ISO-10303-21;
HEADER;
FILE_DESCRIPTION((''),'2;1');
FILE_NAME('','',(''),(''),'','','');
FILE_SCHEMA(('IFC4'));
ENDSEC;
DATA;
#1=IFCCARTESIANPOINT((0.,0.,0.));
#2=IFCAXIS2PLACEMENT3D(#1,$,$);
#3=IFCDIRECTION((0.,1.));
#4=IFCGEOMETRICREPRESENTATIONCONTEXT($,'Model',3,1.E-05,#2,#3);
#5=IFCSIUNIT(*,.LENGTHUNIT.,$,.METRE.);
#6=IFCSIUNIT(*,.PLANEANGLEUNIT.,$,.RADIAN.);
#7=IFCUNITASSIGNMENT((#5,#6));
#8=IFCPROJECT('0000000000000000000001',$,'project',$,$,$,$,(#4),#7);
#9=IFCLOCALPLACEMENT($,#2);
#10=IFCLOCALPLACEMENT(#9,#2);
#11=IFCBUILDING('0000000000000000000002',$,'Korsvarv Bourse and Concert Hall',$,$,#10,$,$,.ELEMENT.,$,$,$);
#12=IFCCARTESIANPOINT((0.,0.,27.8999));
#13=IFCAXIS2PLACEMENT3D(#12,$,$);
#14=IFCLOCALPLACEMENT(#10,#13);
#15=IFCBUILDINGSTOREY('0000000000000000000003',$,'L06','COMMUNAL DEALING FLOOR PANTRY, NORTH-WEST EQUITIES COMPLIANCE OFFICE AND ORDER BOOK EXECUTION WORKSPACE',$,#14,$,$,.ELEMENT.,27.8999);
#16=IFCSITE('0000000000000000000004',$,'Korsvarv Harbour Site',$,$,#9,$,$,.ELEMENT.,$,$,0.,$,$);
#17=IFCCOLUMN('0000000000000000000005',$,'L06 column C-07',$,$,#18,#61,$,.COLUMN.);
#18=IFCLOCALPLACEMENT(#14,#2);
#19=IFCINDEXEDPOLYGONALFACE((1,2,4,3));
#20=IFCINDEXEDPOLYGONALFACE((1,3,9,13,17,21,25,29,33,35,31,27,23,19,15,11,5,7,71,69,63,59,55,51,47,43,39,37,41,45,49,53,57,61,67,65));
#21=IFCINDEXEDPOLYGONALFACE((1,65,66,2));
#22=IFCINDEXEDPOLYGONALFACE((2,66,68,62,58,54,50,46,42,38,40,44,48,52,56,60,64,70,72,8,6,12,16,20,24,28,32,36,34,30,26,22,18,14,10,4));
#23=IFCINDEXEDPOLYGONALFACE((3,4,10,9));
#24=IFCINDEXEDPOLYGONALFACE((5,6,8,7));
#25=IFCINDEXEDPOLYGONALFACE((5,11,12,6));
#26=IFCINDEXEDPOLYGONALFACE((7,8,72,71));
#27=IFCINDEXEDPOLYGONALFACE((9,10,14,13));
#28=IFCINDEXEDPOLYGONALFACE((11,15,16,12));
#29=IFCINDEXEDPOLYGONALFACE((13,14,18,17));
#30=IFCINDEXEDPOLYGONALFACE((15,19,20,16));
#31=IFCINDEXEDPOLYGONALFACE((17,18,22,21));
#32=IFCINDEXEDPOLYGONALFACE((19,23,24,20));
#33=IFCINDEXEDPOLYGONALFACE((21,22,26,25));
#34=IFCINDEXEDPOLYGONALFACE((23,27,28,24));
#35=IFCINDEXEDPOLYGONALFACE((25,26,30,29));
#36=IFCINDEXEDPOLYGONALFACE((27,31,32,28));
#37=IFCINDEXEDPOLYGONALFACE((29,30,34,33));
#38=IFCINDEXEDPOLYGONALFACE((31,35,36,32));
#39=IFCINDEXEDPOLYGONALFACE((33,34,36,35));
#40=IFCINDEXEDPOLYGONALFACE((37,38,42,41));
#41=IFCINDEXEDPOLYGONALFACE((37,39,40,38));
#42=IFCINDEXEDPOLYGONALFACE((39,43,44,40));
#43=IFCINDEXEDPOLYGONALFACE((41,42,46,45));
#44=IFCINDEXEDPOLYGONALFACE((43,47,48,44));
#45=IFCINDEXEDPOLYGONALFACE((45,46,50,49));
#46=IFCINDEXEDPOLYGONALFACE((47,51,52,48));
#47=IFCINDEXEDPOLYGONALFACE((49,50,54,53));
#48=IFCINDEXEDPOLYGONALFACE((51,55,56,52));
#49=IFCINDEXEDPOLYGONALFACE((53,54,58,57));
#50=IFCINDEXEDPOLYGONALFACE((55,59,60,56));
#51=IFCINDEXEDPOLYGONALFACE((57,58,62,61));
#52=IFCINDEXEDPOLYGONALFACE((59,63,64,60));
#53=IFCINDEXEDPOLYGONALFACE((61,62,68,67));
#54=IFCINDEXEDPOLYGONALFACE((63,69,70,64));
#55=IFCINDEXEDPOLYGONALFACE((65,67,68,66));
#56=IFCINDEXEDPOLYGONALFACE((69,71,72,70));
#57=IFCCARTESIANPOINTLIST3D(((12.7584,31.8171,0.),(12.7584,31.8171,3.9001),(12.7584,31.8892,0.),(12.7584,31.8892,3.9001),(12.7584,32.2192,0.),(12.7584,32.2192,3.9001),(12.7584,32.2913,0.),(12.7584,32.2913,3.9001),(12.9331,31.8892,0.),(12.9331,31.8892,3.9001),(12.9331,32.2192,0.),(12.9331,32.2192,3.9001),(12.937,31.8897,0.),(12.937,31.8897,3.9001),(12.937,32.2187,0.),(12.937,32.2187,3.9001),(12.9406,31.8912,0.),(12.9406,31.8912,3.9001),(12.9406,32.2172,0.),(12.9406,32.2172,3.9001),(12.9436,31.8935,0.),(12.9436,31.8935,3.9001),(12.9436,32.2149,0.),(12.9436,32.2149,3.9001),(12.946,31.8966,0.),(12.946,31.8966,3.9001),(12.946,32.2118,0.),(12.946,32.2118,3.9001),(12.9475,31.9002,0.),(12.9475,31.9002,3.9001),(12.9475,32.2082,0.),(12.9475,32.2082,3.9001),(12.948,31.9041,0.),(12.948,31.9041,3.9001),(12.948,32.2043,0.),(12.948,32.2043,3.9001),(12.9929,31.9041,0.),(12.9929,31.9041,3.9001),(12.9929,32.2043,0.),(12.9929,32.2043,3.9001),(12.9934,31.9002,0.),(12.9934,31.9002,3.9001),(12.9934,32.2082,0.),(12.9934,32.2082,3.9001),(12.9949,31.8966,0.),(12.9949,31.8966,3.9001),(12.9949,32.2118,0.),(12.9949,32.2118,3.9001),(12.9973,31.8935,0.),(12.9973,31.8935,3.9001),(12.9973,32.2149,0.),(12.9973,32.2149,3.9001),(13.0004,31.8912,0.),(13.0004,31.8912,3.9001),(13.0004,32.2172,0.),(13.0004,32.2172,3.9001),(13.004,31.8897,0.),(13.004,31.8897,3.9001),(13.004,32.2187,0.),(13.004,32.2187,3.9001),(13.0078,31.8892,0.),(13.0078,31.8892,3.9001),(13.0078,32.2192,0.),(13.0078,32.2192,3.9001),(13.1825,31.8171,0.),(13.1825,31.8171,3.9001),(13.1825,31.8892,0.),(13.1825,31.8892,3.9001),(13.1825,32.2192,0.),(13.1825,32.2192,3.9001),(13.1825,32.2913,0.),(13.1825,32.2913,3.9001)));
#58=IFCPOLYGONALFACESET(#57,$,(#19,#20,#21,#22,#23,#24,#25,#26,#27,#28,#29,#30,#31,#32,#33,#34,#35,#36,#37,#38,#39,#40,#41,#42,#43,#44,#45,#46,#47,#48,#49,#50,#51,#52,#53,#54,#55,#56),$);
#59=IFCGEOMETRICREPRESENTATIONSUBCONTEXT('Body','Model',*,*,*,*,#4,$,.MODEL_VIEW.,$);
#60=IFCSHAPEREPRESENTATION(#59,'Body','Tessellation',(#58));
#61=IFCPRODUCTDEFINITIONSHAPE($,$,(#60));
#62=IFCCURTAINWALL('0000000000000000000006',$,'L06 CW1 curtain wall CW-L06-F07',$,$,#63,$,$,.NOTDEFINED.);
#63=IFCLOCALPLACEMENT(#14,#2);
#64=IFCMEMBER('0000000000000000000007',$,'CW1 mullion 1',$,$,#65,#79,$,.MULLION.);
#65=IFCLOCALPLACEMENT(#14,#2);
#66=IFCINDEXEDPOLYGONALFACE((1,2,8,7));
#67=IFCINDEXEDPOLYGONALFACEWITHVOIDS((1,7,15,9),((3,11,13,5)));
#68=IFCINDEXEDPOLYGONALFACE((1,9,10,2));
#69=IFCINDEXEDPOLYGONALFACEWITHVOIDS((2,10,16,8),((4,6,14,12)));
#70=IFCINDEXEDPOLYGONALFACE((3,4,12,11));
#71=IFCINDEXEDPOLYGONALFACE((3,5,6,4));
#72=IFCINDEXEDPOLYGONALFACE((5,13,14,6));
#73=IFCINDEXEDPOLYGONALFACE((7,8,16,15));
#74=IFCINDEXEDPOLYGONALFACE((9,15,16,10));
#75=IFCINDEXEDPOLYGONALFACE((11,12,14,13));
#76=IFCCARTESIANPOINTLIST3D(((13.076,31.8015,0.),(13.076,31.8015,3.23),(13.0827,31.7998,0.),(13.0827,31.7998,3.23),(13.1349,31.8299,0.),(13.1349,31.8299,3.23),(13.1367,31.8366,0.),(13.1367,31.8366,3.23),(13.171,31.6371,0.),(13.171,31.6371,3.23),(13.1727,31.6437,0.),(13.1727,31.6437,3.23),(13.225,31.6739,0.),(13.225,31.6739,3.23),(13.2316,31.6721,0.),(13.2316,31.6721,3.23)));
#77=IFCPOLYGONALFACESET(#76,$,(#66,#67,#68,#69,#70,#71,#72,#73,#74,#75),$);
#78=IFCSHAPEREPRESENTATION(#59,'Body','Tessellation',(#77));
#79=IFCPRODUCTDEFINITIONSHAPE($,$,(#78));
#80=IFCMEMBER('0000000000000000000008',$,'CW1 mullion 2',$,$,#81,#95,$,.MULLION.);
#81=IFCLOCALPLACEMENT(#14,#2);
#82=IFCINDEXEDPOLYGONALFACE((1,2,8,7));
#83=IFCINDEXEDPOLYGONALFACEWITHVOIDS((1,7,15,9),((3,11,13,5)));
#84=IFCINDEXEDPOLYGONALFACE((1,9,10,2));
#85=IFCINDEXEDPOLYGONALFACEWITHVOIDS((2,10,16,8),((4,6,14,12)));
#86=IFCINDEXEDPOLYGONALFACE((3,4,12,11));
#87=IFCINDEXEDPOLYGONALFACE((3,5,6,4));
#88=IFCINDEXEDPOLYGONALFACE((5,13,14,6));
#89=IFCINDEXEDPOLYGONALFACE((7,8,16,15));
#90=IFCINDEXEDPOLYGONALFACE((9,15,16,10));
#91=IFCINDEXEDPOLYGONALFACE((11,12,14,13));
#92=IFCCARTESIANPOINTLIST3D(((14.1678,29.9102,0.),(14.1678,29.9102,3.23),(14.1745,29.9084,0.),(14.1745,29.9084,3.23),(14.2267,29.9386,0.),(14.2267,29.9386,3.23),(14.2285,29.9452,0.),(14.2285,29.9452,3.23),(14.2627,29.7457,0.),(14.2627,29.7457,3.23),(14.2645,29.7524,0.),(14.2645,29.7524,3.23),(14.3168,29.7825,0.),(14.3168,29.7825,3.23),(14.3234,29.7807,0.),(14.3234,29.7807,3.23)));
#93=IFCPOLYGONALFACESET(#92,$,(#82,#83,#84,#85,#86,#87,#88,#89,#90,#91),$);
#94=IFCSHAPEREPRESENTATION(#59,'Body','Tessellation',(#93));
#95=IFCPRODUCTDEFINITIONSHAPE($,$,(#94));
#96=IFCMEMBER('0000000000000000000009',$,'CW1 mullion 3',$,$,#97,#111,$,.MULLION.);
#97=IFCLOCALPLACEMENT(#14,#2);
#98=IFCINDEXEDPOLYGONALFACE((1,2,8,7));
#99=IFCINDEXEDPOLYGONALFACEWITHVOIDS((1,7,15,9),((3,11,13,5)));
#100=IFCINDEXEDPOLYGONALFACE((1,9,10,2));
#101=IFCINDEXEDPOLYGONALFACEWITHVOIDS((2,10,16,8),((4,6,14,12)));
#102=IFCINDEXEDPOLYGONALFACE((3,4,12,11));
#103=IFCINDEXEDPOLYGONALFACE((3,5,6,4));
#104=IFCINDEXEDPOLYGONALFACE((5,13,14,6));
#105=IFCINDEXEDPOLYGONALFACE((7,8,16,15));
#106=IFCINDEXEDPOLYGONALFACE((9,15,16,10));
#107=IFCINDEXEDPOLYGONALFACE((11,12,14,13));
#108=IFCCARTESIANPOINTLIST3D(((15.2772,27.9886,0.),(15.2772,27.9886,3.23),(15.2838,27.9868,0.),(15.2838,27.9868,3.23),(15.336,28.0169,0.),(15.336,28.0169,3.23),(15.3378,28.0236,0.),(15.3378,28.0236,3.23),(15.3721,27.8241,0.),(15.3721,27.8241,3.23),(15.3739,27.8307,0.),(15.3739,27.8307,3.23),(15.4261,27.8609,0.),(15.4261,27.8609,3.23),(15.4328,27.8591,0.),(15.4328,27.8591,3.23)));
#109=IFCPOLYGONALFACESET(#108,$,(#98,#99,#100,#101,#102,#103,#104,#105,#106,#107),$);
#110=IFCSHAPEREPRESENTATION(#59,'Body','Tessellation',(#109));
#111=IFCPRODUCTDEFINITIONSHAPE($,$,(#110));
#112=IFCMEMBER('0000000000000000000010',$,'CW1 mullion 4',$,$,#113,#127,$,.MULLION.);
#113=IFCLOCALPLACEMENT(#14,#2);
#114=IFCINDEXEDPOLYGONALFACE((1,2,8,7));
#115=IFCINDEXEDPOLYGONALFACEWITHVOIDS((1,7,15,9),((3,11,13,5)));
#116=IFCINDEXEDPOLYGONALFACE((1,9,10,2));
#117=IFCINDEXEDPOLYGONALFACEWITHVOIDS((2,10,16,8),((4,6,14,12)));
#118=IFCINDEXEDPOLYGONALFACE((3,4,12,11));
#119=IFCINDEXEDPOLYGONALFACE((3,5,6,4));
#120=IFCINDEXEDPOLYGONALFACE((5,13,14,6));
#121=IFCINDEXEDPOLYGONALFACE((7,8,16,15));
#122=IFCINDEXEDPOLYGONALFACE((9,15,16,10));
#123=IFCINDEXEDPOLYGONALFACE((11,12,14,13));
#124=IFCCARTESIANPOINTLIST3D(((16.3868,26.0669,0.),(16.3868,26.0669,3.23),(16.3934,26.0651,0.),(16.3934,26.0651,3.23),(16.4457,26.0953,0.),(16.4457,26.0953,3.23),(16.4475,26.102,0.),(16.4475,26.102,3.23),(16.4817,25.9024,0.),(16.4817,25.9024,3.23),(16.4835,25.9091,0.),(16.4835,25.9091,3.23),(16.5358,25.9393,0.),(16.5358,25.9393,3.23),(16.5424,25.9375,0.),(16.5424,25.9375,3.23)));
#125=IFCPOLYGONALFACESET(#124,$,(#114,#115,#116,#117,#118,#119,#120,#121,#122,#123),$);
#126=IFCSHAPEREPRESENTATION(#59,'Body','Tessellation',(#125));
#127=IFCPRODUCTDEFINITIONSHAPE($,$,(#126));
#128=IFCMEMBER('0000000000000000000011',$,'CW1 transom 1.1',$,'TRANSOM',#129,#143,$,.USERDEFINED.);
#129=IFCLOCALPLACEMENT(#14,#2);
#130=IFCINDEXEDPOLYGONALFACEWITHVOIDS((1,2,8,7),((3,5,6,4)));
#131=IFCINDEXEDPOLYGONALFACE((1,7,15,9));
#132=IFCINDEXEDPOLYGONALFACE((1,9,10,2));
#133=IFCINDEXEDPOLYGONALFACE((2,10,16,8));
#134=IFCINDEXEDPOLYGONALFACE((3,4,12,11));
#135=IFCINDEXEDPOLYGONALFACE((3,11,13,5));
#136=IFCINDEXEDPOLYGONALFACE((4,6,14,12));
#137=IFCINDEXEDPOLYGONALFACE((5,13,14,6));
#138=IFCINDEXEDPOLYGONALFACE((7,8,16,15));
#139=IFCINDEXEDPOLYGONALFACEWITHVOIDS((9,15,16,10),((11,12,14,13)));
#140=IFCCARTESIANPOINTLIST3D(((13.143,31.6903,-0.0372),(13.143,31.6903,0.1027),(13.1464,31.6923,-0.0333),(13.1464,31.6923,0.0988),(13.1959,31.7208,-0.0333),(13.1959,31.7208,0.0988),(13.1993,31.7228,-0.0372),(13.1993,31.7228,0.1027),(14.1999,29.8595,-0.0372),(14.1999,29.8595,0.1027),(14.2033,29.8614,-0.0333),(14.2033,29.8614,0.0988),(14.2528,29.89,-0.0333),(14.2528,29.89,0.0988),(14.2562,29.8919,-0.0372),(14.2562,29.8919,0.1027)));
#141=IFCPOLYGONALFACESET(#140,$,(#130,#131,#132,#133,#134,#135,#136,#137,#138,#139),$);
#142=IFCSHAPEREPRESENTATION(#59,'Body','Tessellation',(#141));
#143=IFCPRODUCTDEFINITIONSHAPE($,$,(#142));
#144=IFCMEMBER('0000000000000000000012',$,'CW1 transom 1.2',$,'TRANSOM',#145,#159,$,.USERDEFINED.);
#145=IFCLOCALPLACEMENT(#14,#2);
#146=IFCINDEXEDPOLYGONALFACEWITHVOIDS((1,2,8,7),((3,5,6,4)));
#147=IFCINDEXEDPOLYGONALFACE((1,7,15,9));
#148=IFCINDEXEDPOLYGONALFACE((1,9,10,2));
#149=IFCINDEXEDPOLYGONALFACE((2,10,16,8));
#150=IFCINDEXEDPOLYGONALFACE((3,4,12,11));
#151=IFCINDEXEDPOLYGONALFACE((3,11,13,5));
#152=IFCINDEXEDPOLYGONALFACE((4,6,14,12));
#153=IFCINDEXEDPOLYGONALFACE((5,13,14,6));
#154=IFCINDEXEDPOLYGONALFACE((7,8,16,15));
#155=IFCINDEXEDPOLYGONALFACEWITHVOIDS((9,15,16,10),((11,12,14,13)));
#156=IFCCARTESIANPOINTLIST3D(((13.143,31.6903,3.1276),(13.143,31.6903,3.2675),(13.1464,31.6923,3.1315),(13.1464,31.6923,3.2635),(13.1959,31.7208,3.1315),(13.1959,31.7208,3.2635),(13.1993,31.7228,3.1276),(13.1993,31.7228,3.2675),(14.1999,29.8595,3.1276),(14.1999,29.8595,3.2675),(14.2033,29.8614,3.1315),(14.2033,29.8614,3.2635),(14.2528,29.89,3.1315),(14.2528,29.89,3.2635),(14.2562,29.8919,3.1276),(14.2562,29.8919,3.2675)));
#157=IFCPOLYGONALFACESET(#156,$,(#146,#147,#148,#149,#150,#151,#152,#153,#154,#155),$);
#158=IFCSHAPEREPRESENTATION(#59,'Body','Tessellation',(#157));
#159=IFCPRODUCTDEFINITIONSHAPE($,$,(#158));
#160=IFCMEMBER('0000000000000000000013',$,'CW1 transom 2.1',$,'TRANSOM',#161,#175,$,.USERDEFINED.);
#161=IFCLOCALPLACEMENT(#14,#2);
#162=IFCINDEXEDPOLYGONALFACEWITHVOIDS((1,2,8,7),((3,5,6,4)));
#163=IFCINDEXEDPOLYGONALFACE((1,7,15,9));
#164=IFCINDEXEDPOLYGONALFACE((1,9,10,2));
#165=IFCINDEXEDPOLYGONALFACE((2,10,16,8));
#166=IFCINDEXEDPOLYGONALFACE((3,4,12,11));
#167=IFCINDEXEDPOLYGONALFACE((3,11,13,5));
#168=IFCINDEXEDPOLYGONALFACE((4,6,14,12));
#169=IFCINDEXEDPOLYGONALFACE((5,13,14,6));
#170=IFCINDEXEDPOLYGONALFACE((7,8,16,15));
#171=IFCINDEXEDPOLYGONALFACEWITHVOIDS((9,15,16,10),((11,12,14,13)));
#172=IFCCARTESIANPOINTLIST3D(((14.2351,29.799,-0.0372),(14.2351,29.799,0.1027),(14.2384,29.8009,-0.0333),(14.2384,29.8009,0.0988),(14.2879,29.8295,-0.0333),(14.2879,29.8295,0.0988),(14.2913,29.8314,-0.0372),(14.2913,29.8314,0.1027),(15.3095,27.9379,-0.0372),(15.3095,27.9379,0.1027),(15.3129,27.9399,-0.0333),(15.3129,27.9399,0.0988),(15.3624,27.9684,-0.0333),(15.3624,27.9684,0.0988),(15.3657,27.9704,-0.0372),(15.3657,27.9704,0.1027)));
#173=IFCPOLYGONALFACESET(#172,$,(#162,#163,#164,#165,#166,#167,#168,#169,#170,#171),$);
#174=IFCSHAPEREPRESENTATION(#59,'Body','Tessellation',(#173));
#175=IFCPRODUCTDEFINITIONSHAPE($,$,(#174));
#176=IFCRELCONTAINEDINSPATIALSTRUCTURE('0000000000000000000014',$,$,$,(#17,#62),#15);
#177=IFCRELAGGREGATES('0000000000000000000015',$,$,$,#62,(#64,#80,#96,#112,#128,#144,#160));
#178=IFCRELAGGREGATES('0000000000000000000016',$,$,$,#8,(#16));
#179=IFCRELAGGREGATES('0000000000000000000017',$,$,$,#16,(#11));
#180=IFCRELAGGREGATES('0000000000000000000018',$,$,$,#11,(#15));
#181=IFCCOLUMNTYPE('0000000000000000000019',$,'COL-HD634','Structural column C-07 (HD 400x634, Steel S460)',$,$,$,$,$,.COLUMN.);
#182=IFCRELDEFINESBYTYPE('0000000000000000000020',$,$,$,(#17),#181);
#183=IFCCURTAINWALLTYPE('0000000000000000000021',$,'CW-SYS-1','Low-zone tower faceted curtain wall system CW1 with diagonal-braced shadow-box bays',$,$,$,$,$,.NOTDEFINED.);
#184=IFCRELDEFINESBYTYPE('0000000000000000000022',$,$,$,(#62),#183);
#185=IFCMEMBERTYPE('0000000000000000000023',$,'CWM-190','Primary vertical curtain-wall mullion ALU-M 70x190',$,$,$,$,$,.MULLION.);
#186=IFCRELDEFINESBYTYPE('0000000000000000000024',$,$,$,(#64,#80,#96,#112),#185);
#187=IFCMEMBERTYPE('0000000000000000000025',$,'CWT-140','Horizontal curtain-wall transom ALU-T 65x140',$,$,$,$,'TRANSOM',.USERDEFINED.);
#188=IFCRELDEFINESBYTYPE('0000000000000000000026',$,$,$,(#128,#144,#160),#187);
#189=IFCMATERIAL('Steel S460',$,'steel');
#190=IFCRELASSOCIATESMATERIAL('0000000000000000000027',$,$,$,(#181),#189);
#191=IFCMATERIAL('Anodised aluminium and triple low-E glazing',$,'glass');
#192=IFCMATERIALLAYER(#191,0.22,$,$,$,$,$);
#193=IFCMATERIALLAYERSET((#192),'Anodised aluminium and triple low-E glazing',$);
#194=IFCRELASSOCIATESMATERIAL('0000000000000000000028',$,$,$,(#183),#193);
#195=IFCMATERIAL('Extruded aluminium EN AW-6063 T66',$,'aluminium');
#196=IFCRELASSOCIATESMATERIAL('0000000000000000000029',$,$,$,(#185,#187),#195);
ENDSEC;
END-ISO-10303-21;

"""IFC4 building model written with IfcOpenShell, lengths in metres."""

from ifc_helpers import new_model, si_unit, direction, frame, origin, origin_2d, place, context, subcontext, project, spatial, hollow_rectangle, i_section, extrude, source, transform, mapped, material, layer, layer_set, material_profile, profile_set, type_object, element, aggregate, save


model = new_model("IFC4")

# Units and contexts
model_context = context("Model", 3, precision=1e-05, world=origin(), true_north=direction((0.0, 1.0)))
body_context = subcontext(model_context, "Body", "Model", "MODEL_VIEW")
ifc_project = project(units=[si_unit("LENGTHUNIT", "METRE"), si_unit("PLANEANGLEUNIT", "RADIAN")], contexts=[model_context])

# Site, building, storey
site_placement = place(None, origin())
site = spatial("IfcSite", under=ifc_project, at=site_placement, Name="Korsvarv Harbour Site", CompositionType="ELEMENT", RefElevation=0.0)
building_placement = place(site_placement, origin())
building = spatial("IfcBuilding", under=site, at=building_placement, Name="Korsvarv Bourse and Concert Hall", CompositionType="ELEMENT")
storey_placement = place(building_placement, frame((0.0, 0.0, 27.8999)))
storey = spatial("IfcBuildingStorey", under=building, at=storey_placement, Name="L06", Description="COMMUNAL DEALING FLOOR PANTRY, NORTH-WEST EQUITIES COMPLIANCE OFFICE AND ORDER BOOK EXECUTION WORKSPACE", CompositionType="ELEMENT", Elevation=27.8999)

# Column
ifc_material_1 = material(Name="Steel S460", Category="steel")
ifc_material_profile_1 = material_profile(ifc_material_1, i_section(OverallWidth=0.4241, OverallDepth=0.4741, WebThickness=0.0449, FlangeThickness=0.072, FilletRadius=0.0149, at=origin_2d()), Name="HD 400x634")
ifc_profile_set_1 = profile_set([ifc_material_profile_1], Name="Steel S460")
column_type = type_object("IfcColumnType", Name="COL-HD634", Description="Structural column C-07 (HD 400x634, Steel S460)", PredefinedType="COLUMN", material=ifc_profile_set_1)
shared_shape_1 = source(origin(), body_context, "Body", "SweptSolid", [
    extrude(i_section(OverallWidth=0.4241, OverallDepth=0.4741, WebThickness=0.0449, FlangeThickness=0.072, FilletRadius=0.0149, at=origin_2d()), origin(), (0.0, 0.0, 1.0), 3.9001),
])
column_placement = place(storey_placement, frame((12.9705, 32.0542, 0.0), z_axis=(0.0, 0.0, 1.0), x_axis=(1.0, 0.0, 0.0)))
element("IfcColumn", 1, at=column_placement, inside=storey, type_object=column_type, Name="L06 column C-07", PredefinedType="COLUMN", context=body_context, shape_type="MappedRepresentation", body=[
    mapped(shared_shape_1, transform((0.0, 0.0, 0.0), scale=1.0)),
])

# Curtain wall, members
ifc_material_2 = material(Name="Anodised aluminium and triple low-E glazing", Category="glass")
ifc_layer_1 = layer(ifc_material_2, 0.22)
ifc_layer_set_1 = layer_set([ifc_layer_1], Name="Anodised aluminium and triple low-E glazing")
curtain_wall_type = type_object("IfcCurtainWallType", Name="CW-SYS-1", Description="Low-zone tower faceted curtain wall system CW1 with diagonal-braced shadow-box bays", PredefinedType="NOTDEFINED", material=ifc_layer_set_1)
curtain_wall_placement = place(storey_placement, origin())
curtain_wall = element("IfcCurtainWall", 2, at=curtain_wall_placement, inside=storey, type_object=curtain_wall_type, Name="L06 CW1 curtain wall CW-L06-F07", PredefinedType="NOTDEFINED")
ifc_material_3 = material(Name="Extruded aluminium EN AW-6063 T66", Category="aluminium")
ifc_material_profile_2 = material_profile(ifc_material_3, hollow_rectangle(XDim=0.0701, YDim=0.1899, WallThickness=0.0049, at=origin_2d()), Name="ALU-M 70x190")
ifc_profile_set_2 = profile_set([ifc_material_profile_2], Name="Extruded aluminium EN AW-6063 T66")
member_type_1 = type_object("IfcMemberType", Name="CWM-190", Description="Primary vertical curtain-wall mullion ALU-M 70x190", PredefinedType="MULLION", material=ifc_profile_set_2)
shared_shape_2 = source(origin(), body_context, "Body", "SweptSolid", [
    extrude(hollow_rectangle(XDim=0.0701, YDim=0.1899, WallThickness=0.0049, at=origin_2d()), origin(), (0.0, 0.0, 1.0), 3.23),
])
member_1_placement = place(storey_placement, frame((13.1538, 31.7368, 0.0), z_axis=(0.0, 0.0, 1.0), x_axis=(0.866029, 0.499995, 0.0)))
member_1 = element("IfcMember", 3, at=member_1_placement, type_object=member_type_1, Name="CW1 mullion 1", PredefinedType="MULLION", context=body_context, shape_type="MappedRepresentation", body=[
    mapped(shared_shape_2, transform((0.0, 0.0, 0.0), scale=1.0)),
])
member_2_placement = place(storey_placement, frame((14.2456, 29.8455, 0.0), z_axis=(0.0, 0.0, 1.0), x_axis=(0.866029, 0.499995, 0.0)))
member_2 = element("IfcMember", 4, at=member_2_placement, type_object=member_type_1, Name="CW1 mullion 2", PredefinedType="MULLION", context=body_context, shape_type="MappedRepresentation", body=[
    mapped(shared_shape_2, transform((0.0, 0.0, 0.0), scale=1.0)),
])
member_3_placement = place(storey_placement, frame((15.355, 27.9238, 0.0), z_axis=(0.0, 0.0, 1.0), x_axis=(0.866029, 0.499995, 0.0)))
member_3 = element("IfcMember", 5, at=member_3_placement, type_object=member_type_1, Name="CW1 mullion 3", PredefinedType="MULLION", context=body_context, shape_type="MappedRepresentation", body=[
    mapped(shared_shape_2, transform((0.0, 0.0, 0.0), scale=1.0)),
])
member_4_placement = place(storey_placement, frame((16.4646, 26.0022, 0.0), z_axis=(0.0, 0.0, 1.0), x_axis=(0.866029, 0.499995, 0.0)))
member_4 = element("IfcMember", 6, at=member_4_placement, type_object=member_type_1, Name="CW1 mullion 4", PredefinedType="MULLION", context=body_context, shape_type="MappedRepresentation", body=[
    mapped(shared_shape_2, transform((0.0, 0.0, 0.0), scale=1.0)),
])
ifc_material_profile_3 = material_profile(ifc_material_3, hollow_rectangle(XDim=0.0649, YDim=0.1399, WallThickness=0.0039, at=origin_2d()), Name="ALU-T 65x140")
ifc_profile_set_3 = profile_set([ifc_material_profile_3], Name="Extruded aluminium EN AW-6063 T66")
member_type_2 = type_object("IfcMemberType", Name="CWT-140", Description="Horizontal curtain-wall transom ALU-T 65x140", ElementType="TRANSOM", PredefinedType="USERDEFINED", material=ifc_profile_set_3)
shared_shape_3 = source(origin(), body_context, "Body", "SweptSolid", [
    extrude(hollow_rectangle(XDim=0.0649, YDim=0.1399, WallThickness=0.0039, at=origin_2d()), origin(), (0.0, 0.0, 1.0), 2.114),
])
member_5_placement = place(storey_placement, frame((13.1711, 31.7065, 0.0327), z_axis=(0.499952, -0.866053, 0.0), x_axis=(0.866053, 0.499952, 0.0)))
member_5 = element("IfcMember", 7, at=member_5_placement, type_object=member_type_2, Name="CW1 transom 1.1", ObjectType="TRANSOM", PredefinedType="USERDEFINED", context=body_context, shape_type="MappedRepresentation", body=[
    mapped(shared_shape_3, transform((0.0, 0.0, 0.0), scale=1.0)),
])
member_6_placement = place(storey_placement, frame((13.1711, 31.7065, 3.1975), z_axis=(0.499952, -0.866053, 0.0), x_axis=(0.866053, 0.499952, 0.0)))
member_6 = element("IfcMember", 8, at=member_6_placement, type_object=member_type_2, Name="CW1 transom 1.2", ObjectType="TRANSOM", PredefinedType="USERDEFINED", context=body_context, shape_type="MappedRepresentation", body=[
    mapped(shared_shape_3, transform((0.0, 0.0, 0.0), scale=1.0)),
])
shared_shape_4 = source(origin(), body_context, "Body", "SweptSolid", [
    extrude(hollow_rectangle(XDim=0.0649, YDim=0.1399, WallThickness=0.0039, at=origin_2d()), origin(), (0.0, 0.0, 1.0), 2.1489),
])
member_7_placement = place(storey_placement, frame((14.2632, 29.8152, 0.0327), z_axis=(0.499988, -0.866032, 0.0), x_axis=(0.866032, 0.499988, 0.0)))
member_7 = element("IfcMember", 9, at=member_7_placement, type_object=member_type_2, Name="CW1 transom 2.1", ObjectType="TRANSOM", PredefinedType="USERDEFINED", context=body_context, shape_type="MappedRepresentation", body=[
    mapped(shared_shape_4, transform((0.0, 0.0, 0.0), scale=1.0)),
])

aggregate(curtain_wall, [member_1, member_2, member_3, member_4, member_5, member_6, member_7])

save(model, "model.ifc")
